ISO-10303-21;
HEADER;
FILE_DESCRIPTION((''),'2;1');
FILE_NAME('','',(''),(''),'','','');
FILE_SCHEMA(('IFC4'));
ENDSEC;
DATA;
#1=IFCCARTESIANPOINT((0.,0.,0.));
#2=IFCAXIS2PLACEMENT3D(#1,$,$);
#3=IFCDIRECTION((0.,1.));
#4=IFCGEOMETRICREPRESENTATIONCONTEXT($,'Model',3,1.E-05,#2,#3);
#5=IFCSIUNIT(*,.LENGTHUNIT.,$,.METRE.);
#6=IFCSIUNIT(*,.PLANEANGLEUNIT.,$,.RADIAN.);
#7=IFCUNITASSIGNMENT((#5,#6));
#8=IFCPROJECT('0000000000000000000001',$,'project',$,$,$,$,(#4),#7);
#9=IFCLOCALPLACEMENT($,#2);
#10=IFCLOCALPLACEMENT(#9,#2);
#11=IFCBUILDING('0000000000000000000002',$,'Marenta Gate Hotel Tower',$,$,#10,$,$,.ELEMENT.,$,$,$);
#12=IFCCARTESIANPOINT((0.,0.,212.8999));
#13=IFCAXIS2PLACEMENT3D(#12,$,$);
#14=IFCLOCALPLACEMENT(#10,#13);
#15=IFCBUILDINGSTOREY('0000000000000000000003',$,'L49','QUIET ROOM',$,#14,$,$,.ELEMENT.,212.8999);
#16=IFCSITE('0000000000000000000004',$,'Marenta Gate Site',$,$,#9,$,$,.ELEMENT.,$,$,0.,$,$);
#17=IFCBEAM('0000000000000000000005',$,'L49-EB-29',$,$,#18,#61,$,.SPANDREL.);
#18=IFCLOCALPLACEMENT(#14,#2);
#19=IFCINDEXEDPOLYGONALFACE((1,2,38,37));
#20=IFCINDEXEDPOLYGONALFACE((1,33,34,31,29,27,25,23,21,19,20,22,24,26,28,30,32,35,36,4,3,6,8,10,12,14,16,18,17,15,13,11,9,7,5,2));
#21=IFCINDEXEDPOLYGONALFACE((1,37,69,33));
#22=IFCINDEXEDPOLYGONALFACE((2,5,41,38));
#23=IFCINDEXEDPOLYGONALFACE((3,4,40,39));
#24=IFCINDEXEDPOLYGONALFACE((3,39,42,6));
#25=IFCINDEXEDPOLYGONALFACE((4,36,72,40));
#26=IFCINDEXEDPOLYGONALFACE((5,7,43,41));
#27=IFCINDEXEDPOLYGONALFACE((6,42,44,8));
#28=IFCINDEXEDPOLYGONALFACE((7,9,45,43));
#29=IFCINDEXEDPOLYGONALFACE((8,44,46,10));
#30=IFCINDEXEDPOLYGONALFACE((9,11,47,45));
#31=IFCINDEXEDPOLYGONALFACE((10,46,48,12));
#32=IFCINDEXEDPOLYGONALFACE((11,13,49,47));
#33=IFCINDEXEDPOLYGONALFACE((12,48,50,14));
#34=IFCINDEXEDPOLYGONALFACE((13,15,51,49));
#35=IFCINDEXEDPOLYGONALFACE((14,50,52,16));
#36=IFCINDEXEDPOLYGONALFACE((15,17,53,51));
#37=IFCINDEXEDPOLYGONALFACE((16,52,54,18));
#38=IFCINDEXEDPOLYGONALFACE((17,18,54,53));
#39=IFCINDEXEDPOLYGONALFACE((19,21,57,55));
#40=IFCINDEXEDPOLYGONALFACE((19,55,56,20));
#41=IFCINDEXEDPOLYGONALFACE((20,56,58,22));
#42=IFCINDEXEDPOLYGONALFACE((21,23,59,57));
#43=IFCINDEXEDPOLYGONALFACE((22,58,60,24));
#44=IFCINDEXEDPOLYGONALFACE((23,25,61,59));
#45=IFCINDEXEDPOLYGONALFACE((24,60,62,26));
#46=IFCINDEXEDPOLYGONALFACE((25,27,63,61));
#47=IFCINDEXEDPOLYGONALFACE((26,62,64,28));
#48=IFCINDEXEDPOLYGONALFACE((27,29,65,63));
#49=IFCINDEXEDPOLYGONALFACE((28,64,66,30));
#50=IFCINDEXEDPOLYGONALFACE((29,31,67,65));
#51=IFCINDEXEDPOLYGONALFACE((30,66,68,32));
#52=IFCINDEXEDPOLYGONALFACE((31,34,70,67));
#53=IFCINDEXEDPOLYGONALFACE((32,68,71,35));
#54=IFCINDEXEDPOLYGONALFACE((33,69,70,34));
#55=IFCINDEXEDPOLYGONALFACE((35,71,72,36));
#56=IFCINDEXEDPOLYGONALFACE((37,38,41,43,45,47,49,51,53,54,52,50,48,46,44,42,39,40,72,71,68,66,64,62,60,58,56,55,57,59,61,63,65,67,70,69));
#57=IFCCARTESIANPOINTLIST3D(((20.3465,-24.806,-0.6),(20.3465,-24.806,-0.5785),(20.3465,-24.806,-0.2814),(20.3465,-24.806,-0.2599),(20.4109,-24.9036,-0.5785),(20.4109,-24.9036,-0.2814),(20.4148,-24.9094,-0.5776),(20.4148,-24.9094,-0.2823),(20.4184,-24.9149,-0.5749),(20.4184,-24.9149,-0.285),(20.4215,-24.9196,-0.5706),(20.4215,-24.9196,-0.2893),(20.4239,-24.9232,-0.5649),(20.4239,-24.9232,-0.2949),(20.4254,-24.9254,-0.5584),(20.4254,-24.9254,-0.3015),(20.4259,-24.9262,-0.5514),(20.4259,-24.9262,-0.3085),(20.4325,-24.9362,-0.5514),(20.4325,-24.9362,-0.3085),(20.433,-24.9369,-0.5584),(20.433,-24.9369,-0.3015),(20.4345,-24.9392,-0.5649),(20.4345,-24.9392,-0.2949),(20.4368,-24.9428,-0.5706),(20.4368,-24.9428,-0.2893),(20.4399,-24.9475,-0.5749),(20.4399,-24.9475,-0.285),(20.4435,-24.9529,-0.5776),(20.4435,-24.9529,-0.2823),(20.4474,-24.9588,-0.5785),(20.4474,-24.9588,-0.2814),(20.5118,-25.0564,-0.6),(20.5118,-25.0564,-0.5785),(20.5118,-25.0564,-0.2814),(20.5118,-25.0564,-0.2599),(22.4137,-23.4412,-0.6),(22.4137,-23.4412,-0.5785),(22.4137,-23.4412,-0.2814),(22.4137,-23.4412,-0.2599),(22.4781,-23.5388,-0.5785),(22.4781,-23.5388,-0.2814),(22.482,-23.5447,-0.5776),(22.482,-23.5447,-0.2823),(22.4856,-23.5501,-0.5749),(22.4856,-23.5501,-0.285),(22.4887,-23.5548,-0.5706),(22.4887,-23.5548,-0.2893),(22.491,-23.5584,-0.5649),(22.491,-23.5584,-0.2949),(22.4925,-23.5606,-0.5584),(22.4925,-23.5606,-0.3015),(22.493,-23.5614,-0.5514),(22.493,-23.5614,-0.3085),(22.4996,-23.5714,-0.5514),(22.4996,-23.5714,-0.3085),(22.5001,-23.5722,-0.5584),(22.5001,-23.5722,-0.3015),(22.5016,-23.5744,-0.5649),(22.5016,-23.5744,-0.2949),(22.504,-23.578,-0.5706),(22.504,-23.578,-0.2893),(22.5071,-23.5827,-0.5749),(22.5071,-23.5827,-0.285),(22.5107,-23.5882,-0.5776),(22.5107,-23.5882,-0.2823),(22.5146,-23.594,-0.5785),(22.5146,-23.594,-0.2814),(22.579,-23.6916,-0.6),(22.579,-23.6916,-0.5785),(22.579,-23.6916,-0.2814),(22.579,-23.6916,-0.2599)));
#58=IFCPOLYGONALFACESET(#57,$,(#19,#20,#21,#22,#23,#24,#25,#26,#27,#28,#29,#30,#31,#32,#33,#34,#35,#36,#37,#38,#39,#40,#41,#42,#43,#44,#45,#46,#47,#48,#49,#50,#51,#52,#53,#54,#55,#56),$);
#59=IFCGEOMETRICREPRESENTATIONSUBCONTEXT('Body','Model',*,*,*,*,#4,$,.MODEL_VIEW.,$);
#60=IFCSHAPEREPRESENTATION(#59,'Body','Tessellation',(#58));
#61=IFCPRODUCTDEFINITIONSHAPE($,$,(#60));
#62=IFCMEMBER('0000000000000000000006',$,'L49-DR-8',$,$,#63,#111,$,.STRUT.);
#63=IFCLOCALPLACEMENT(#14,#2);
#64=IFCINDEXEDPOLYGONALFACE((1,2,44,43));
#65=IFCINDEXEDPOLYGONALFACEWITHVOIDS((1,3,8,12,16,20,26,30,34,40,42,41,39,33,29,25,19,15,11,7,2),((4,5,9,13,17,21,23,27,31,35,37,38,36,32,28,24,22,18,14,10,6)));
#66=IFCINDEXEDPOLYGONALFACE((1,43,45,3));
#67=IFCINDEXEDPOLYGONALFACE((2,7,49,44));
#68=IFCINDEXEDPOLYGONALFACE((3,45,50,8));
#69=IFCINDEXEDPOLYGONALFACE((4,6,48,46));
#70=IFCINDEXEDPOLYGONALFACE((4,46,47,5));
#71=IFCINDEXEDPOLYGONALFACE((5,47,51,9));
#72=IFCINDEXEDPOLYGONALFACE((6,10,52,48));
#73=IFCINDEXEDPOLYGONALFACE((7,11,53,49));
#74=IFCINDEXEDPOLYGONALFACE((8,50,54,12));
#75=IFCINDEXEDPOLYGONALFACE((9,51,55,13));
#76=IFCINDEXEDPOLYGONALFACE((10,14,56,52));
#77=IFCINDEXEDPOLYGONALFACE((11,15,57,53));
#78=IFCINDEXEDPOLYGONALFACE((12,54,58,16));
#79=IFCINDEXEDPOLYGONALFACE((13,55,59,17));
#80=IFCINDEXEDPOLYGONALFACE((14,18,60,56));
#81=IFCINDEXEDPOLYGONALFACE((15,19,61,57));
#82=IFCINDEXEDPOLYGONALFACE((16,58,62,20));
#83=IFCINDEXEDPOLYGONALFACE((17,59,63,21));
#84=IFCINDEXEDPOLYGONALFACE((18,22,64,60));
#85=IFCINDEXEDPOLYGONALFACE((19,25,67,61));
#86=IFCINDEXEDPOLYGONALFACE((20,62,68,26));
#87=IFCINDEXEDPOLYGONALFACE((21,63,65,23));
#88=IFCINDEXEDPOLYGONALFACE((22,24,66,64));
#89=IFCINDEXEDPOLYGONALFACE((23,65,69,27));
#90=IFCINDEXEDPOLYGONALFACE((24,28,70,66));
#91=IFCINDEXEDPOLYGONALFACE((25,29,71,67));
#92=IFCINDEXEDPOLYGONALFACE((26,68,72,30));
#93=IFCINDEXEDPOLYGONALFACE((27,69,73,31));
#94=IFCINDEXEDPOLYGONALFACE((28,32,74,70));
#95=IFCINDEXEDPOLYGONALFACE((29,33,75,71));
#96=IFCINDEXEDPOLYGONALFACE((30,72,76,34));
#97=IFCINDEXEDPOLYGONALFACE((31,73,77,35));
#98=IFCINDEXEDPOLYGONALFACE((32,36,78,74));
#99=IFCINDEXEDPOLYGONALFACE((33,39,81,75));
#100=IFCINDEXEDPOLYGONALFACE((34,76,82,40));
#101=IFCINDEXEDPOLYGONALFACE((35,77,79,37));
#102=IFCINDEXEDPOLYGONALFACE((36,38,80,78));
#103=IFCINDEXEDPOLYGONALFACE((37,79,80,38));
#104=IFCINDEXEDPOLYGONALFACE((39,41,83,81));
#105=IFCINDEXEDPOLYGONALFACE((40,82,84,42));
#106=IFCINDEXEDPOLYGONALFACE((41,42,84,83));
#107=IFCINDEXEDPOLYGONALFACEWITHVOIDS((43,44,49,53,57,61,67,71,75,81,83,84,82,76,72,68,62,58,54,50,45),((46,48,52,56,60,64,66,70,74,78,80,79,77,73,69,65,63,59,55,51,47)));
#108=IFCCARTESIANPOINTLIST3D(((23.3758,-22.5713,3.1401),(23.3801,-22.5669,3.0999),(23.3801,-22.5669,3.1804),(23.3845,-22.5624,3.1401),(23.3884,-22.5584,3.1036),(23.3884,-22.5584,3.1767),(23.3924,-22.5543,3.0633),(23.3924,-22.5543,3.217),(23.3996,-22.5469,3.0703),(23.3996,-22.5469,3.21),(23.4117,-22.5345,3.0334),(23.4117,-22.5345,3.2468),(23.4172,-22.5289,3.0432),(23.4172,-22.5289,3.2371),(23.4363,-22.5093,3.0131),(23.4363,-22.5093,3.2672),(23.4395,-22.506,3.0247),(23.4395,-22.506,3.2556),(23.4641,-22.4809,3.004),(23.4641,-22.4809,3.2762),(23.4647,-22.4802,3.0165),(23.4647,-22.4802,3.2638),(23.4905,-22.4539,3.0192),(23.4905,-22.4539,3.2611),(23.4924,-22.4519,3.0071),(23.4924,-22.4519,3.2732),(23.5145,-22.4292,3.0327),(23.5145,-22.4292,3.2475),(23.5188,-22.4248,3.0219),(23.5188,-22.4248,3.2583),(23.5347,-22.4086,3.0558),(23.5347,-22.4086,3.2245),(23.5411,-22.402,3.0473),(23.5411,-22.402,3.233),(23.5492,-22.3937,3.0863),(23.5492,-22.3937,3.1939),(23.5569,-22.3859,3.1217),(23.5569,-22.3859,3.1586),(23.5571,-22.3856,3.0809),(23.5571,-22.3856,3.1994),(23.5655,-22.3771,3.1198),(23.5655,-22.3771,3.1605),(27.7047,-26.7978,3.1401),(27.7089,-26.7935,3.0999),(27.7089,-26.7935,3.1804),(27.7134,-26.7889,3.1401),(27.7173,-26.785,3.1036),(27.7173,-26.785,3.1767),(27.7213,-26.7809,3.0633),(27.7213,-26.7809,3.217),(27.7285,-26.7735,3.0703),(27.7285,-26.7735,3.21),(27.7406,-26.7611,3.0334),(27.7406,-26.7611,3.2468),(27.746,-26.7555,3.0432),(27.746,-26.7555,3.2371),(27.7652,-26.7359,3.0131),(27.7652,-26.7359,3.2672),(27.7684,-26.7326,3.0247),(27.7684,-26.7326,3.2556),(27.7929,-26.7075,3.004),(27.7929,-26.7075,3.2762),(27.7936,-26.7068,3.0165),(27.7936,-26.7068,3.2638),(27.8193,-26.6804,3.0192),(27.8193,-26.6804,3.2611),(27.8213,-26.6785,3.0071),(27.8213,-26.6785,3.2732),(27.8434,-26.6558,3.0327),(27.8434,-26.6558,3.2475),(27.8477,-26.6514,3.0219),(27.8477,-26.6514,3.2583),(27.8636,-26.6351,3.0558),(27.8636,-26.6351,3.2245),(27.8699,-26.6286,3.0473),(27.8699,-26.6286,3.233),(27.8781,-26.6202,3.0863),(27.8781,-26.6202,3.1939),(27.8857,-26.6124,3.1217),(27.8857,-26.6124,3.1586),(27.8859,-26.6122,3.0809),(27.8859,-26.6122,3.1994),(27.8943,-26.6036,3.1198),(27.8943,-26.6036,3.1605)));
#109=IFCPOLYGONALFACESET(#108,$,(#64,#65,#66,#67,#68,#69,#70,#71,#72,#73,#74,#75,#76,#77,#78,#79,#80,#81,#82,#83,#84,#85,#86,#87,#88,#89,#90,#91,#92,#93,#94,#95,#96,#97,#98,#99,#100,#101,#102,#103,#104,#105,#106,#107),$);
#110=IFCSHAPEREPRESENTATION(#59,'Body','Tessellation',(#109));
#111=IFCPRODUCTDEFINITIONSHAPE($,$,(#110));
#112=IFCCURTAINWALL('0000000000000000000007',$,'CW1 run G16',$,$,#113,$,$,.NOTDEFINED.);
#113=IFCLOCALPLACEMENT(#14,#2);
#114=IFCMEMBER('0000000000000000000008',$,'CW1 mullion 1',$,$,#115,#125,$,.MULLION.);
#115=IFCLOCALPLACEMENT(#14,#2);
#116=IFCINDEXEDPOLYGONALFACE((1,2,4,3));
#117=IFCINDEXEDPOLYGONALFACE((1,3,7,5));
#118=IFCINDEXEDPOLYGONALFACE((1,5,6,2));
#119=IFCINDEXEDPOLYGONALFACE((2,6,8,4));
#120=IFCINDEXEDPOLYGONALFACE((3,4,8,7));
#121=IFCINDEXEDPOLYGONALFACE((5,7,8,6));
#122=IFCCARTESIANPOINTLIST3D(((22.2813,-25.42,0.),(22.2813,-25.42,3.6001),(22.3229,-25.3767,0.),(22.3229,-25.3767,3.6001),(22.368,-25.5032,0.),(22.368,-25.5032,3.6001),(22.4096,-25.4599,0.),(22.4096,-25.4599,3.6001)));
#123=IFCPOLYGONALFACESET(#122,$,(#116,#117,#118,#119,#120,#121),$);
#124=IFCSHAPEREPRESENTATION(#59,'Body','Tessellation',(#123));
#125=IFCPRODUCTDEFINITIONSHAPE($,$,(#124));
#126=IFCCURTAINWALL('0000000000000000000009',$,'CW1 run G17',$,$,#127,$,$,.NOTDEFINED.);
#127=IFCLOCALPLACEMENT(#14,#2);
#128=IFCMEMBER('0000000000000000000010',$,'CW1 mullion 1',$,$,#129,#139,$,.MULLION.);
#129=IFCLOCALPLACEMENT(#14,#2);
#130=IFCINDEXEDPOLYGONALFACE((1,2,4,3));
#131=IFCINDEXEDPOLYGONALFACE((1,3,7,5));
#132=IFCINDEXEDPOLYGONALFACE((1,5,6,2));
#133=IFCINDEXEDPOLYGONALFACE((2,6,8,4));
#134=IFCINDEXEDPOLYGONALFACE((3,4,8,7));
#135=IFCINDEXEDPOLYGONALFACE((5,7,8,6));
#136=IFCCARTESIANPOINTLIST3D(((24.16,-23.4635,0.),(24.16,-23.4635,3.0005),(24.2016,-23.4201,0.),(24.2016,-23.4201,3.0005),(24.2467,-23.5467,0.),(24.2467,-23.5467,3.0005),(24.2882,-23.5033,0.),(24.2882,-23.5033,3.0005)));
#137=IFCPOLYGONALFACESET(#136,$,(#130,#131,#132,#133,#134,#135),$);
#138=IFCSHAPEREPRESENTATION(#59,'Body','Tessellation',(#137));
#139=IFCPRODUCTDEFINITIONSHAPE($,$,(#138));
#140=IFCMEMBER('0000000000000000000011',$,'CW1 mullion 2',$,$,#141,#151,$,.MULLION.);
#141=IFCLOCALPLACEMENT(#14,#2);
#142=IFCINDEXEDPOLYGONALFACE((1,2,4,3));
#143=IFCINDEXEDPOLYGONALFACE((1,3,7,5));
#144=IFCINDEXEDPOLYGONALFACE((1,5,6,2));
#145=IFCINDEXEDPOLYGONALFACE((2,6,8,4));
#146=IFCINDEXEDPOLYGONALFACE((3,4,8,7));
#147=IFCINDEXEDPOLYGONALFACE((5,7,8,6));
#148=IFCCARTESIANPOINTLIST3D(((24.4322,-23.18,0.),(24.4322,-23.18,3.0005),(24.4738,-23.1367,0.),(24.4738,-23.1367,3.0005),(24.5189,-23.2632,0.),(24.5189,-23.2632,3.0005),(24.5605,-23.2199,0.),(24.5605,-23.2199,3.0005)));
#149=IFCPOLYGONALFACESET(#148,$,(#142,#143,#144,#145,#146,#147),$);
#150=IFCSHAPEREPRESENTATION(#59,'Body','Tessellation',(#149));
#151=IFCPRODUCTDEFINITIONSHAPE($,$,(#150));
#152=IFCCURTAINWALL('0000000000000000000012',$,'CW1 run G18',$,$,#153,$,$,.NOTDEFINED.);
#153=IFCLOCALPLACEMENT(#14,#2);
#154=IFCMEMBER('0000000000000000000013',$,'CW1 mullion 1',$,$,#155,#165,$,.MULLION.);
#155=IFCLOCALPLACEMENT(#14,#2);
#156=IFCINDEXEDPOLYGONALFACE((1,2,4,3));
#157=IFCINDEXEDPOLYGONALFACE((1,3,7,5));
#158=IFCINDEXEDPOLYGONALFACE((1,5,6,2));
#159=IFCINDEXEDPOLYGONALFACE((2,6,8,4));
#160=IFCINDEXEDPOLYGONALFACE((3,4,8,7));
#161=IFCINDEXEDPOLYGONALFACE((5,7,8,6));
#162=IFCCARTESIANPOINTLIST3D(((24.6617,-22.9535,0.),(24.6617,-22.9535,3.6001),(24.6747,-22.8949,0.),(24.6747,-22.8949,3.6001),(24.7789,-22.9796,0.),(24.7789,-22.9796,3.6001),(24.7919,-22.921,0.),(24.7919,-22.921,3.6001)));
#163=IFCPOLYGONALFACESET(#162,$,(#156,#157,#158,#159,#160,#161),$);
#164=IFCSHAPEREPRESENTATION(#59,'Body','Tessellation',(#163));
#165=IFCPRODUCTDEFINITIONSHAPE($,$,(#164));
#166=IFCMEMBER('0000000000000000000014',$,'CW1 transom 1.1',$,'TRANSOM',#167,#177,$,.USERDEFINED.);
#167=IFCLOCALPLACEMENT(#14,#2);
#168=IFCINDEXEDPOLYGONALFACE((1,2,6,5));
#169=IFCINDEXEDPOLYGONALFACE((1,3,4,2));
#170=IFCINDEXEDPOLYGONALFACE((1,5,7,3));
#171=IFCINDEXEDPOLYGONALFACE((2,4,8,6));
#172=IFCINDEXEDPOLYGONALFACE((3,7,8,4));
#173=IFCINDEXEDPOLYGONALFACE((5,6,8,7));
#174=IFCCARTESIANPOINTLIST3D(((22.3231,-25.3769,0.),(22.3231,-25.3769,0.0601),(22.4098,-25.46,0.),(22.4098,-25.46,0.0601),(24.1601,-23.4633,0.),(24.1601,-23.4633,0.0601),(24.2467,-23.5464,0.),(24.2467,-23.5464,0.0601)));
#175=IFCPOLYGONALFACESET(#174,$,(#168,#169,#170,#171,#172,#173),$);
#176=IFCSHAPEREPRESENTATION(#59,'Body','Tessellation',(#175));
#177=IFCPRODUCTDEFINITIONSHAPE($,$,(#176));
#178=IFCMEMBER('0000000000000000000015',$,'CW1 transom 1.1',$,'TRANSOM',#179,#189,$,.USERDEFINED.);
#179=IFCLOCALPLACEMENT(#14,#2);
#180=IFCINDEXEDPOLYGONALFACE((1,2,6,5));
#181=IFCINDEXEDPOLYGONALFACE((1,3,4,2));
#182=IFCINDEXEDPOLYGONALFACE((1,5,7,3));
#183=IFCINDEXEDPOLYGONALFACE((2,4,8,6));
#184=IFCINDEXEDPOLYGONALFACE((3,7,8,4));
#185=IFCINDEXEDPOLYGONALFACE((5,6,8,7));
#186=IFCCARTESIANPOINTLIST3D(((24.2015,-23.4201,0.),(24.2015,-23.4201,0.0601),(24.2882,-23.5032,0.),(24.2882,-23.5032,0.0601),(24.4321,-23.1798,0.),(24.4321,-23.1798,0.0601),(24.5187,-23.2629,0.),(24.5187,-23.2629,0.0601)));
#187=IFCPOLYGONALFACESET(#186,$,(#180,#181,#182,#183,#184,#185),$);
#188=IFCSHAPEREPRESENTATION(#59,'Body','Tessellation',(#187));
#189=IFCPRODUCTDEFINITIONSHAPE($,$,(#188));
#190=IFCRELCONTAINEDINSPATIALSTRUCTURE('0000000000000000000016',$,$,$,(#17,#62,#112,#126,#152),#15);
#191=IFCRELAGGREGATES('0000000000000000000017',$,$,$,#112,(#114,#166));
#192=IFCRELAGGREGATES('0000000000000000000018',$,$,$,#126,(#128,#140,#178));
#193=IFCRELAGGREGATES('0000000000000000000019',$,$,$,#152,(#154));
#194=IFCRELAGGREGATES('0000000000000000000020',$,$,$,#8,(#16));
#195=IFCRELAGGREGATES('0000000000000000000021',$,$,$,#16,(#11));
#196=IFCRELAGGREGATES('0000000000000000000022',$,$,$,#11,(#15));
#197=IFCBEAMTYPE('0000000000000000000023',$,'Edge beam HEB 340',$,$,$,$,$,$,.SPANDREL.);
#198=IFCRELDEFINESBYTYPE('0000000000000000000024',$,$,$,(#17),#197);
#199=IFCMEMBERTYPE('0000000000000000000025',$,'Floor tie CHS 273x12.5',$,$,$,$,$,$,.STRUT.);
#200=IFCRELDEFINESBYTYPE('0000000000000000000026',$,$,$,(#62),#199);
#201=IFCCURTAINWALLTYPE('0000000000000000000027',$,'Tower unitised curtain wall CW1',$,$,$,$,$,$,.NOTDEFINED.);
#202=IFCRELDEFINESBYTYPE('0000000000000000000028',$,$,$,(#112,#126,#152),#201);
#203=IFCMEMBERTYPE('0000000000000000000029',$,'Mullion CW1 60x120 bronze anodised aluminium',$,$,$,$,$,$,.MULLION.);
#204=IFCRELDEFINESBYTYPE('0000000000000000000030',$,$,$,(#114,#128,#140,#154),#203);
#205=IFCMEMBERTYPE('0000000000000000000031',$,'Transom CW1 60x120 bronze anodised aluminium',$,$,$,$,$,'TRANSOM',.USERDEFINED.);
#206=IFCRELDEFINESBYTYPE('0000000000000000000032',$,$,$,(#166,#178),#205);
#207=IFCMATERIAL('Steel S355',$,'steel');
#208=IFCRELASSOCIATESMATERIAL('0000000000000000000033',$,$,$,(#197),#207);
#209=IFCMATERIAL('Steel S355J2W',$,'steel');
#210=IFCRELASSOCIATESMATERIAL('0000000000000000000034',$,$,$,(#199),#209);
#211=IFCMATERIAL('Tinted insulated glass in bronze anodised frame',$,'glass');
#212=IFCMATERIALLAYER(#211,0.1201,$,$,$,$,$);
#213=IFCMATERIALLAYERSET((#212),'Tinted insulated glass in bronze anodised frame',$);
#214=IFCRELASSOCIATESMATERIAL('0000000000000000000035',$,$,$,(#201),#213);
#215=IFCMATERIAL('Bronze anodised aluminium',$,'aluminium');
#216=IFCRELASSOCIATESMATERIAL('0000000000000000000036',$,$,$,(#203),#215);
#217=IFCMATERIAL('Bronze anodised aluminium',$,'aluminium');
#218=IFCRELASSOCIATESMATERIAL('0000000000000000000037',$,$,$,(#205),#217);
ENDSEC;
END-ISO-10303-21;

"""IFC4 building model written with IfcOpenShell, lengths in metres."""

from ifc_helpers import new_model, si_unit, direction, frame, origin, origin_2d, place, context, subcontext, project, spatial, rectangle, hollow_circle, i_section, extrude, material, layer, layer_set, material_profile, profile_set, type_object, element, aggregate, save


model = new_model("IFC4")

# Units and contexts
model_context = context("Model", 3, precision=1e-05, world=origin(), true_north=direction((0.0, 1.0)))
body_context = subcontext(model_context, "Body", "Model", "MODEL_VIEW")
ifc_project = project(units=[si_unit("LENGTHUNIT", "METRE"), si_unit("PLANEANGLEUNIT", "RADIAN")], contexts=[model_context])

# Site, building, storey
site_placement = place(None, origin())
site = spatial("IfcSite", under=ifc_project, at=site_placement, Name="Marenta Gate Site", CompositionType="ELEMENT", RefElevation=0.0)
building_placement = place(site_placement, origin())
building = spatial("IfcBuilding", under=site, at=building_placement, Name="Marenta Gate Hotel Tower", CompositionType="ELEMENT")
storey_placement = place(building_placement, frame((0.0, 0.0, 212.8999)))
storey = spatial("IfcBuildingStorey", under=building, at=storey_placement, Name="L49", Description="QUIET ROOM", CompositionType="ELEMENT", Elevation=212.8999)

# Beam
ifc_material_1 = material(Name="Steel S355", Category="steel")
ifc_material_profile_1 = material_profile(ifc_material_1, i_section(OverallWidth=0.3, OverallDepth=0.3401, WebThickness=0.012, FlangeThickness=0.0215, FilletRadius=0.0271, at=origin_2d()), Name="HEB 340")
ifc_profile_set_1 = profile_set([ifc_material_profile_1], Name="Steel S355")
beam_type = type_object("IfcBeamType", Name="Edge beam HEB 340", PredefinedType="SPANDREL", material=ifc_profile_set_1)
beam_placement = place(storey_placement, frame((22.4963, -23.5664, -0.4299), z_axis=(-0.834529, -0.550964, 0.0), x_axis=(0.550964, -0.834529, 0.0)))
element("IfcBeam", 1, at=beam_placement, inside=storey, type_object=beam_type, Name="L49-EB-29", PredefinedType="SPANDREL", context=body_context, shape_type="SweptSolid", body=[
    extrude(i_section(OverallWidth=0.3, OverallDepth=0.3401, WebThickness=0.012, FlangeThickness=0.0215, FilletRadius=0.0271, at=origin_2d()), origin(), (0.0, 0.0, 1.0), 2.4771),
])

# Member
ifc_material_2 = material(Name="Steel S355J2W", Category="steel")
ifc_material_profile_2 = material_profile(ifc_material_2, hollow_circle(Radius=0.1365, WallThickness=0.0125, at=origin_2d()), Name="CHS 273x12.5")
ifc_profile_set_2 = profile_set([ifc_material_profile_2], Name="Steel S355J2W")
member_type_1 = type_object("IfcMemberType", Name="Floor tie CHS 273x12.5", PredefinedType="STRUT", material=ifc_profile_set_2)
member_1_placement = place(storey_placement, frame((27.8, -26.7002, 3.1401), z_axis=(-0.71551, 0.698602, 0.0), x_axis=(-0.698602, -0.71551, 0.0)))
element("IfcMember", 2, at=member_1_placement, inside=storey, type_object=member_type_1, Name="L49-DR-8", PredefinedType="STRUT", context=body_context, shape_type="SweptSolid", body=[
    extrude(hollow_circle(Radius=0.1365, WallThickness=0.0125, at=origin_2d()), origin(), (0.0, 0.0, 1.0), 6.05),
])

# Curtain wall, member
ifc_material_3 = material(Name="Tinted insulated glass in bronze anodised frame", Category="glass")
ifc_layer_1 = layer(ifc_material_3, 0.1201)
ifc_layer_set_1 = layer_set([ifc_layer_1], Name="Tinted insulated glass in bronze anodised frame")
curtain_wall_type = type_object("IfcCurtainWallType", Name="Tower unitised curtain wall CW1", PredefinedType="NOTDEFINED", material=ifc_layer_set_1)
curtain_wall_1_placement = place(storey_placement, origin())
curtain_wall_1 = element("IfcCurtainWall", 3, at=curtain_wall_1_placement, inside=storey, type_object=curtain_wall_type, Name="CW1 run G16", PredefinedType="NOTDEFINED")
ifc_material_4 = material(Name="Bronze anodised aluminium", Category="aluminium")
ifc_material_profile_3 = material_profile(ifc_material_4, rectangle(XDim=0.1201, YDim=0.0601, at=origin_2d()), Name="Mullion CW1 60x120 bronze anodised aluminium")
ifc_profile_set_3 = profile_set([ifc_material_profile_3], Name="Bronze anodised aluminium")
member_type_2 = type_object("IfcMemberType", Name="Mullion CW1 60x120 bronze anodised aluminium", PredefinedType="MULLION", material=ifc_profile_set_3)
member_2_placement = place(storey_placement, frame((22.3455, -25.4399, 0.0), z_axis=(0.0, 0.0, 1.0), x_axis=(-0.721375, 0.692545, 0.0)))
member_2 = element("IfcMember", 4, at=member_2_placement, type_object=member_type_2, Name="CW1 mullion 1", PredefinedType="MULLION", context=body_context, shape_type="SweptSolid", body=[
    extrude(rectangle(XDim=0.1201, YDim=0.0601, at=origin_2d()), origin(), (0.0, 0.0, 1.0), 3.6001),
])

# Curtain wall, members
curtain_wall_2_placement = place(storey_placement, origin())
curtain_wall_2 = element("IfcCurtainWall", 5, at=curtain_wall_2_placement, inside=storey, type_object=curtain_wall_type, Name="CW1 run G17", PredefinedType="NOTDEFINED")
member_3_placement = place(storey_placement, frame((24.2241, -23.4834, 0.0), z_axis=(0.0, 0.0, 1.0), x_axis=(-0.721418, 0.6925, 0.0)))
member_3 = element("IfcMember", 6, at=member_3_placement, type_object=member_type_2, Name="CW1 mullion 1", PredefinedType="MULLION", context=body_context, shape_type="SweptSolid", body=[
    extrude(rectangle(XDim=0.1201, YDim=0.0601, at=origin_2d()), origin(), (0.0, 0.0, 1.0), 3.0005),
])
member_4_placement = place(storey_placement, frame((24.4963, -23.2, 0.0), z_axis=(0.0, 0.0, 1.0), x_axis=(-0.721418, 0.6925, 0.0)))
member_4 = element("IfcMember", 7, at=member_4_placement, type_object=member_type_2, Name="CW1 mullion 2", PredefinedType="MULLION", context=body_context, shape_type="SweptSolid", body=[
    extrude(rectangle(XDim=0.1201, YDim=0.0601, at=origin_2d()), origin(), (0.0, 0.0, 1.0), 3.0005),
])

# Curtain wall, member
curtain_wall_3_placement = place(storey_placement, origin())
curtain_wall_3 = element("IfcCurtainWall", 8, at=curtain_wall_3_placement, inside=storey, type_object=curtain_wall_type, Name="CW1 run G18", PredefinedType="NOTDEFINED")
member_5_placement = place(storey_placement, frame((24.7268, -22.9373, 0.0), z_axis=(0.0, 0.0, 1.0), x_axis=(-0.976207, 0.216842, 0.0)))
member_5 = element("IfcMember", 9, at=member_5_placement, type_object=member_type_2, Name="CW1 mullion 1", PredefinedType="MULLION", context=body_context, shape_type="SweptSolid", body=[
    extrude(rectangle(XDim=0.1201, YDim=0.0601, at=origin_2d()), origin(), (0.0, 0.0, 1.0), 3.6001),
])

# Members
ifc_material_5 = material(Name="Bronze anodised aluminium", Category="aluminium")
ifc_material_profile_4 = material_profile(ifc_material_5, rectangle(XDim=0.1201, YDim=0.0601, at=origin_2d()), Name="Transom CW1 60x120 bronze anodised aluminium")
ifc_profile_set_4 = profile_set([ifc_material_profile_4], Name="Bronze anodised aluminium")
member_type_3 = type_object("IfcMemberType", Name="Transom CW1 60x120 bronze anodised aluminium", ElementType="TRANSOM", PredefinedType="USERDEFINED", material=ifc_profile_set_4)
member_6_placement = place(storey_placement, frame((22.3665, -25.4185, 0.03), z_axis=(0.692509, 0.721409, 0.0), x_axis=(-0.721409, 0.692509, 0.0)))
member_6 = element("IfcMember", 10, at=member_6_placement, type_object=member_type_3, Name="CW1 transom 1.1", ObjectType="TRANSOM", PredefinedType="USERDEFINED", context=body_context, shape_type="SweptSolid", body=[
    extrude(rectangle(XDim=0.1201, YDim=0.0601, at=origin_2d()), origin(), (0.0, 0.0, 1.0), 2.6526),
])
member_7_placement = place(storey_placement, frame((24.2449, -23.4617, 0.03), z_axis=(0.692288, 0.721622, 0.0), x_axis=(-0.721622, 0.692288, 0.0)))
member_7 = element("IfcMember", 11, at=member_7_placement, type_object=member_type_3, Name="CW1 transom 1.1", ObjectType="TRANSOM", PredefinedType="USERDEFINED", context=body_context, shape_type="SweptSolid", body=[
    extrude(rectangle(XDim=0.1201, YDim=0.0601, at=origin_2d()), origin(), (0.0, 0.0, 1.0), 0.333),
])

aggregate(curtain_wall_1, [member_2, member_6])
aggregate(curtain_wall_2, [member_3, member_4, member_7])
aggregate(curtain_wall_3, [member_5])

save(model, "model.ifc")
